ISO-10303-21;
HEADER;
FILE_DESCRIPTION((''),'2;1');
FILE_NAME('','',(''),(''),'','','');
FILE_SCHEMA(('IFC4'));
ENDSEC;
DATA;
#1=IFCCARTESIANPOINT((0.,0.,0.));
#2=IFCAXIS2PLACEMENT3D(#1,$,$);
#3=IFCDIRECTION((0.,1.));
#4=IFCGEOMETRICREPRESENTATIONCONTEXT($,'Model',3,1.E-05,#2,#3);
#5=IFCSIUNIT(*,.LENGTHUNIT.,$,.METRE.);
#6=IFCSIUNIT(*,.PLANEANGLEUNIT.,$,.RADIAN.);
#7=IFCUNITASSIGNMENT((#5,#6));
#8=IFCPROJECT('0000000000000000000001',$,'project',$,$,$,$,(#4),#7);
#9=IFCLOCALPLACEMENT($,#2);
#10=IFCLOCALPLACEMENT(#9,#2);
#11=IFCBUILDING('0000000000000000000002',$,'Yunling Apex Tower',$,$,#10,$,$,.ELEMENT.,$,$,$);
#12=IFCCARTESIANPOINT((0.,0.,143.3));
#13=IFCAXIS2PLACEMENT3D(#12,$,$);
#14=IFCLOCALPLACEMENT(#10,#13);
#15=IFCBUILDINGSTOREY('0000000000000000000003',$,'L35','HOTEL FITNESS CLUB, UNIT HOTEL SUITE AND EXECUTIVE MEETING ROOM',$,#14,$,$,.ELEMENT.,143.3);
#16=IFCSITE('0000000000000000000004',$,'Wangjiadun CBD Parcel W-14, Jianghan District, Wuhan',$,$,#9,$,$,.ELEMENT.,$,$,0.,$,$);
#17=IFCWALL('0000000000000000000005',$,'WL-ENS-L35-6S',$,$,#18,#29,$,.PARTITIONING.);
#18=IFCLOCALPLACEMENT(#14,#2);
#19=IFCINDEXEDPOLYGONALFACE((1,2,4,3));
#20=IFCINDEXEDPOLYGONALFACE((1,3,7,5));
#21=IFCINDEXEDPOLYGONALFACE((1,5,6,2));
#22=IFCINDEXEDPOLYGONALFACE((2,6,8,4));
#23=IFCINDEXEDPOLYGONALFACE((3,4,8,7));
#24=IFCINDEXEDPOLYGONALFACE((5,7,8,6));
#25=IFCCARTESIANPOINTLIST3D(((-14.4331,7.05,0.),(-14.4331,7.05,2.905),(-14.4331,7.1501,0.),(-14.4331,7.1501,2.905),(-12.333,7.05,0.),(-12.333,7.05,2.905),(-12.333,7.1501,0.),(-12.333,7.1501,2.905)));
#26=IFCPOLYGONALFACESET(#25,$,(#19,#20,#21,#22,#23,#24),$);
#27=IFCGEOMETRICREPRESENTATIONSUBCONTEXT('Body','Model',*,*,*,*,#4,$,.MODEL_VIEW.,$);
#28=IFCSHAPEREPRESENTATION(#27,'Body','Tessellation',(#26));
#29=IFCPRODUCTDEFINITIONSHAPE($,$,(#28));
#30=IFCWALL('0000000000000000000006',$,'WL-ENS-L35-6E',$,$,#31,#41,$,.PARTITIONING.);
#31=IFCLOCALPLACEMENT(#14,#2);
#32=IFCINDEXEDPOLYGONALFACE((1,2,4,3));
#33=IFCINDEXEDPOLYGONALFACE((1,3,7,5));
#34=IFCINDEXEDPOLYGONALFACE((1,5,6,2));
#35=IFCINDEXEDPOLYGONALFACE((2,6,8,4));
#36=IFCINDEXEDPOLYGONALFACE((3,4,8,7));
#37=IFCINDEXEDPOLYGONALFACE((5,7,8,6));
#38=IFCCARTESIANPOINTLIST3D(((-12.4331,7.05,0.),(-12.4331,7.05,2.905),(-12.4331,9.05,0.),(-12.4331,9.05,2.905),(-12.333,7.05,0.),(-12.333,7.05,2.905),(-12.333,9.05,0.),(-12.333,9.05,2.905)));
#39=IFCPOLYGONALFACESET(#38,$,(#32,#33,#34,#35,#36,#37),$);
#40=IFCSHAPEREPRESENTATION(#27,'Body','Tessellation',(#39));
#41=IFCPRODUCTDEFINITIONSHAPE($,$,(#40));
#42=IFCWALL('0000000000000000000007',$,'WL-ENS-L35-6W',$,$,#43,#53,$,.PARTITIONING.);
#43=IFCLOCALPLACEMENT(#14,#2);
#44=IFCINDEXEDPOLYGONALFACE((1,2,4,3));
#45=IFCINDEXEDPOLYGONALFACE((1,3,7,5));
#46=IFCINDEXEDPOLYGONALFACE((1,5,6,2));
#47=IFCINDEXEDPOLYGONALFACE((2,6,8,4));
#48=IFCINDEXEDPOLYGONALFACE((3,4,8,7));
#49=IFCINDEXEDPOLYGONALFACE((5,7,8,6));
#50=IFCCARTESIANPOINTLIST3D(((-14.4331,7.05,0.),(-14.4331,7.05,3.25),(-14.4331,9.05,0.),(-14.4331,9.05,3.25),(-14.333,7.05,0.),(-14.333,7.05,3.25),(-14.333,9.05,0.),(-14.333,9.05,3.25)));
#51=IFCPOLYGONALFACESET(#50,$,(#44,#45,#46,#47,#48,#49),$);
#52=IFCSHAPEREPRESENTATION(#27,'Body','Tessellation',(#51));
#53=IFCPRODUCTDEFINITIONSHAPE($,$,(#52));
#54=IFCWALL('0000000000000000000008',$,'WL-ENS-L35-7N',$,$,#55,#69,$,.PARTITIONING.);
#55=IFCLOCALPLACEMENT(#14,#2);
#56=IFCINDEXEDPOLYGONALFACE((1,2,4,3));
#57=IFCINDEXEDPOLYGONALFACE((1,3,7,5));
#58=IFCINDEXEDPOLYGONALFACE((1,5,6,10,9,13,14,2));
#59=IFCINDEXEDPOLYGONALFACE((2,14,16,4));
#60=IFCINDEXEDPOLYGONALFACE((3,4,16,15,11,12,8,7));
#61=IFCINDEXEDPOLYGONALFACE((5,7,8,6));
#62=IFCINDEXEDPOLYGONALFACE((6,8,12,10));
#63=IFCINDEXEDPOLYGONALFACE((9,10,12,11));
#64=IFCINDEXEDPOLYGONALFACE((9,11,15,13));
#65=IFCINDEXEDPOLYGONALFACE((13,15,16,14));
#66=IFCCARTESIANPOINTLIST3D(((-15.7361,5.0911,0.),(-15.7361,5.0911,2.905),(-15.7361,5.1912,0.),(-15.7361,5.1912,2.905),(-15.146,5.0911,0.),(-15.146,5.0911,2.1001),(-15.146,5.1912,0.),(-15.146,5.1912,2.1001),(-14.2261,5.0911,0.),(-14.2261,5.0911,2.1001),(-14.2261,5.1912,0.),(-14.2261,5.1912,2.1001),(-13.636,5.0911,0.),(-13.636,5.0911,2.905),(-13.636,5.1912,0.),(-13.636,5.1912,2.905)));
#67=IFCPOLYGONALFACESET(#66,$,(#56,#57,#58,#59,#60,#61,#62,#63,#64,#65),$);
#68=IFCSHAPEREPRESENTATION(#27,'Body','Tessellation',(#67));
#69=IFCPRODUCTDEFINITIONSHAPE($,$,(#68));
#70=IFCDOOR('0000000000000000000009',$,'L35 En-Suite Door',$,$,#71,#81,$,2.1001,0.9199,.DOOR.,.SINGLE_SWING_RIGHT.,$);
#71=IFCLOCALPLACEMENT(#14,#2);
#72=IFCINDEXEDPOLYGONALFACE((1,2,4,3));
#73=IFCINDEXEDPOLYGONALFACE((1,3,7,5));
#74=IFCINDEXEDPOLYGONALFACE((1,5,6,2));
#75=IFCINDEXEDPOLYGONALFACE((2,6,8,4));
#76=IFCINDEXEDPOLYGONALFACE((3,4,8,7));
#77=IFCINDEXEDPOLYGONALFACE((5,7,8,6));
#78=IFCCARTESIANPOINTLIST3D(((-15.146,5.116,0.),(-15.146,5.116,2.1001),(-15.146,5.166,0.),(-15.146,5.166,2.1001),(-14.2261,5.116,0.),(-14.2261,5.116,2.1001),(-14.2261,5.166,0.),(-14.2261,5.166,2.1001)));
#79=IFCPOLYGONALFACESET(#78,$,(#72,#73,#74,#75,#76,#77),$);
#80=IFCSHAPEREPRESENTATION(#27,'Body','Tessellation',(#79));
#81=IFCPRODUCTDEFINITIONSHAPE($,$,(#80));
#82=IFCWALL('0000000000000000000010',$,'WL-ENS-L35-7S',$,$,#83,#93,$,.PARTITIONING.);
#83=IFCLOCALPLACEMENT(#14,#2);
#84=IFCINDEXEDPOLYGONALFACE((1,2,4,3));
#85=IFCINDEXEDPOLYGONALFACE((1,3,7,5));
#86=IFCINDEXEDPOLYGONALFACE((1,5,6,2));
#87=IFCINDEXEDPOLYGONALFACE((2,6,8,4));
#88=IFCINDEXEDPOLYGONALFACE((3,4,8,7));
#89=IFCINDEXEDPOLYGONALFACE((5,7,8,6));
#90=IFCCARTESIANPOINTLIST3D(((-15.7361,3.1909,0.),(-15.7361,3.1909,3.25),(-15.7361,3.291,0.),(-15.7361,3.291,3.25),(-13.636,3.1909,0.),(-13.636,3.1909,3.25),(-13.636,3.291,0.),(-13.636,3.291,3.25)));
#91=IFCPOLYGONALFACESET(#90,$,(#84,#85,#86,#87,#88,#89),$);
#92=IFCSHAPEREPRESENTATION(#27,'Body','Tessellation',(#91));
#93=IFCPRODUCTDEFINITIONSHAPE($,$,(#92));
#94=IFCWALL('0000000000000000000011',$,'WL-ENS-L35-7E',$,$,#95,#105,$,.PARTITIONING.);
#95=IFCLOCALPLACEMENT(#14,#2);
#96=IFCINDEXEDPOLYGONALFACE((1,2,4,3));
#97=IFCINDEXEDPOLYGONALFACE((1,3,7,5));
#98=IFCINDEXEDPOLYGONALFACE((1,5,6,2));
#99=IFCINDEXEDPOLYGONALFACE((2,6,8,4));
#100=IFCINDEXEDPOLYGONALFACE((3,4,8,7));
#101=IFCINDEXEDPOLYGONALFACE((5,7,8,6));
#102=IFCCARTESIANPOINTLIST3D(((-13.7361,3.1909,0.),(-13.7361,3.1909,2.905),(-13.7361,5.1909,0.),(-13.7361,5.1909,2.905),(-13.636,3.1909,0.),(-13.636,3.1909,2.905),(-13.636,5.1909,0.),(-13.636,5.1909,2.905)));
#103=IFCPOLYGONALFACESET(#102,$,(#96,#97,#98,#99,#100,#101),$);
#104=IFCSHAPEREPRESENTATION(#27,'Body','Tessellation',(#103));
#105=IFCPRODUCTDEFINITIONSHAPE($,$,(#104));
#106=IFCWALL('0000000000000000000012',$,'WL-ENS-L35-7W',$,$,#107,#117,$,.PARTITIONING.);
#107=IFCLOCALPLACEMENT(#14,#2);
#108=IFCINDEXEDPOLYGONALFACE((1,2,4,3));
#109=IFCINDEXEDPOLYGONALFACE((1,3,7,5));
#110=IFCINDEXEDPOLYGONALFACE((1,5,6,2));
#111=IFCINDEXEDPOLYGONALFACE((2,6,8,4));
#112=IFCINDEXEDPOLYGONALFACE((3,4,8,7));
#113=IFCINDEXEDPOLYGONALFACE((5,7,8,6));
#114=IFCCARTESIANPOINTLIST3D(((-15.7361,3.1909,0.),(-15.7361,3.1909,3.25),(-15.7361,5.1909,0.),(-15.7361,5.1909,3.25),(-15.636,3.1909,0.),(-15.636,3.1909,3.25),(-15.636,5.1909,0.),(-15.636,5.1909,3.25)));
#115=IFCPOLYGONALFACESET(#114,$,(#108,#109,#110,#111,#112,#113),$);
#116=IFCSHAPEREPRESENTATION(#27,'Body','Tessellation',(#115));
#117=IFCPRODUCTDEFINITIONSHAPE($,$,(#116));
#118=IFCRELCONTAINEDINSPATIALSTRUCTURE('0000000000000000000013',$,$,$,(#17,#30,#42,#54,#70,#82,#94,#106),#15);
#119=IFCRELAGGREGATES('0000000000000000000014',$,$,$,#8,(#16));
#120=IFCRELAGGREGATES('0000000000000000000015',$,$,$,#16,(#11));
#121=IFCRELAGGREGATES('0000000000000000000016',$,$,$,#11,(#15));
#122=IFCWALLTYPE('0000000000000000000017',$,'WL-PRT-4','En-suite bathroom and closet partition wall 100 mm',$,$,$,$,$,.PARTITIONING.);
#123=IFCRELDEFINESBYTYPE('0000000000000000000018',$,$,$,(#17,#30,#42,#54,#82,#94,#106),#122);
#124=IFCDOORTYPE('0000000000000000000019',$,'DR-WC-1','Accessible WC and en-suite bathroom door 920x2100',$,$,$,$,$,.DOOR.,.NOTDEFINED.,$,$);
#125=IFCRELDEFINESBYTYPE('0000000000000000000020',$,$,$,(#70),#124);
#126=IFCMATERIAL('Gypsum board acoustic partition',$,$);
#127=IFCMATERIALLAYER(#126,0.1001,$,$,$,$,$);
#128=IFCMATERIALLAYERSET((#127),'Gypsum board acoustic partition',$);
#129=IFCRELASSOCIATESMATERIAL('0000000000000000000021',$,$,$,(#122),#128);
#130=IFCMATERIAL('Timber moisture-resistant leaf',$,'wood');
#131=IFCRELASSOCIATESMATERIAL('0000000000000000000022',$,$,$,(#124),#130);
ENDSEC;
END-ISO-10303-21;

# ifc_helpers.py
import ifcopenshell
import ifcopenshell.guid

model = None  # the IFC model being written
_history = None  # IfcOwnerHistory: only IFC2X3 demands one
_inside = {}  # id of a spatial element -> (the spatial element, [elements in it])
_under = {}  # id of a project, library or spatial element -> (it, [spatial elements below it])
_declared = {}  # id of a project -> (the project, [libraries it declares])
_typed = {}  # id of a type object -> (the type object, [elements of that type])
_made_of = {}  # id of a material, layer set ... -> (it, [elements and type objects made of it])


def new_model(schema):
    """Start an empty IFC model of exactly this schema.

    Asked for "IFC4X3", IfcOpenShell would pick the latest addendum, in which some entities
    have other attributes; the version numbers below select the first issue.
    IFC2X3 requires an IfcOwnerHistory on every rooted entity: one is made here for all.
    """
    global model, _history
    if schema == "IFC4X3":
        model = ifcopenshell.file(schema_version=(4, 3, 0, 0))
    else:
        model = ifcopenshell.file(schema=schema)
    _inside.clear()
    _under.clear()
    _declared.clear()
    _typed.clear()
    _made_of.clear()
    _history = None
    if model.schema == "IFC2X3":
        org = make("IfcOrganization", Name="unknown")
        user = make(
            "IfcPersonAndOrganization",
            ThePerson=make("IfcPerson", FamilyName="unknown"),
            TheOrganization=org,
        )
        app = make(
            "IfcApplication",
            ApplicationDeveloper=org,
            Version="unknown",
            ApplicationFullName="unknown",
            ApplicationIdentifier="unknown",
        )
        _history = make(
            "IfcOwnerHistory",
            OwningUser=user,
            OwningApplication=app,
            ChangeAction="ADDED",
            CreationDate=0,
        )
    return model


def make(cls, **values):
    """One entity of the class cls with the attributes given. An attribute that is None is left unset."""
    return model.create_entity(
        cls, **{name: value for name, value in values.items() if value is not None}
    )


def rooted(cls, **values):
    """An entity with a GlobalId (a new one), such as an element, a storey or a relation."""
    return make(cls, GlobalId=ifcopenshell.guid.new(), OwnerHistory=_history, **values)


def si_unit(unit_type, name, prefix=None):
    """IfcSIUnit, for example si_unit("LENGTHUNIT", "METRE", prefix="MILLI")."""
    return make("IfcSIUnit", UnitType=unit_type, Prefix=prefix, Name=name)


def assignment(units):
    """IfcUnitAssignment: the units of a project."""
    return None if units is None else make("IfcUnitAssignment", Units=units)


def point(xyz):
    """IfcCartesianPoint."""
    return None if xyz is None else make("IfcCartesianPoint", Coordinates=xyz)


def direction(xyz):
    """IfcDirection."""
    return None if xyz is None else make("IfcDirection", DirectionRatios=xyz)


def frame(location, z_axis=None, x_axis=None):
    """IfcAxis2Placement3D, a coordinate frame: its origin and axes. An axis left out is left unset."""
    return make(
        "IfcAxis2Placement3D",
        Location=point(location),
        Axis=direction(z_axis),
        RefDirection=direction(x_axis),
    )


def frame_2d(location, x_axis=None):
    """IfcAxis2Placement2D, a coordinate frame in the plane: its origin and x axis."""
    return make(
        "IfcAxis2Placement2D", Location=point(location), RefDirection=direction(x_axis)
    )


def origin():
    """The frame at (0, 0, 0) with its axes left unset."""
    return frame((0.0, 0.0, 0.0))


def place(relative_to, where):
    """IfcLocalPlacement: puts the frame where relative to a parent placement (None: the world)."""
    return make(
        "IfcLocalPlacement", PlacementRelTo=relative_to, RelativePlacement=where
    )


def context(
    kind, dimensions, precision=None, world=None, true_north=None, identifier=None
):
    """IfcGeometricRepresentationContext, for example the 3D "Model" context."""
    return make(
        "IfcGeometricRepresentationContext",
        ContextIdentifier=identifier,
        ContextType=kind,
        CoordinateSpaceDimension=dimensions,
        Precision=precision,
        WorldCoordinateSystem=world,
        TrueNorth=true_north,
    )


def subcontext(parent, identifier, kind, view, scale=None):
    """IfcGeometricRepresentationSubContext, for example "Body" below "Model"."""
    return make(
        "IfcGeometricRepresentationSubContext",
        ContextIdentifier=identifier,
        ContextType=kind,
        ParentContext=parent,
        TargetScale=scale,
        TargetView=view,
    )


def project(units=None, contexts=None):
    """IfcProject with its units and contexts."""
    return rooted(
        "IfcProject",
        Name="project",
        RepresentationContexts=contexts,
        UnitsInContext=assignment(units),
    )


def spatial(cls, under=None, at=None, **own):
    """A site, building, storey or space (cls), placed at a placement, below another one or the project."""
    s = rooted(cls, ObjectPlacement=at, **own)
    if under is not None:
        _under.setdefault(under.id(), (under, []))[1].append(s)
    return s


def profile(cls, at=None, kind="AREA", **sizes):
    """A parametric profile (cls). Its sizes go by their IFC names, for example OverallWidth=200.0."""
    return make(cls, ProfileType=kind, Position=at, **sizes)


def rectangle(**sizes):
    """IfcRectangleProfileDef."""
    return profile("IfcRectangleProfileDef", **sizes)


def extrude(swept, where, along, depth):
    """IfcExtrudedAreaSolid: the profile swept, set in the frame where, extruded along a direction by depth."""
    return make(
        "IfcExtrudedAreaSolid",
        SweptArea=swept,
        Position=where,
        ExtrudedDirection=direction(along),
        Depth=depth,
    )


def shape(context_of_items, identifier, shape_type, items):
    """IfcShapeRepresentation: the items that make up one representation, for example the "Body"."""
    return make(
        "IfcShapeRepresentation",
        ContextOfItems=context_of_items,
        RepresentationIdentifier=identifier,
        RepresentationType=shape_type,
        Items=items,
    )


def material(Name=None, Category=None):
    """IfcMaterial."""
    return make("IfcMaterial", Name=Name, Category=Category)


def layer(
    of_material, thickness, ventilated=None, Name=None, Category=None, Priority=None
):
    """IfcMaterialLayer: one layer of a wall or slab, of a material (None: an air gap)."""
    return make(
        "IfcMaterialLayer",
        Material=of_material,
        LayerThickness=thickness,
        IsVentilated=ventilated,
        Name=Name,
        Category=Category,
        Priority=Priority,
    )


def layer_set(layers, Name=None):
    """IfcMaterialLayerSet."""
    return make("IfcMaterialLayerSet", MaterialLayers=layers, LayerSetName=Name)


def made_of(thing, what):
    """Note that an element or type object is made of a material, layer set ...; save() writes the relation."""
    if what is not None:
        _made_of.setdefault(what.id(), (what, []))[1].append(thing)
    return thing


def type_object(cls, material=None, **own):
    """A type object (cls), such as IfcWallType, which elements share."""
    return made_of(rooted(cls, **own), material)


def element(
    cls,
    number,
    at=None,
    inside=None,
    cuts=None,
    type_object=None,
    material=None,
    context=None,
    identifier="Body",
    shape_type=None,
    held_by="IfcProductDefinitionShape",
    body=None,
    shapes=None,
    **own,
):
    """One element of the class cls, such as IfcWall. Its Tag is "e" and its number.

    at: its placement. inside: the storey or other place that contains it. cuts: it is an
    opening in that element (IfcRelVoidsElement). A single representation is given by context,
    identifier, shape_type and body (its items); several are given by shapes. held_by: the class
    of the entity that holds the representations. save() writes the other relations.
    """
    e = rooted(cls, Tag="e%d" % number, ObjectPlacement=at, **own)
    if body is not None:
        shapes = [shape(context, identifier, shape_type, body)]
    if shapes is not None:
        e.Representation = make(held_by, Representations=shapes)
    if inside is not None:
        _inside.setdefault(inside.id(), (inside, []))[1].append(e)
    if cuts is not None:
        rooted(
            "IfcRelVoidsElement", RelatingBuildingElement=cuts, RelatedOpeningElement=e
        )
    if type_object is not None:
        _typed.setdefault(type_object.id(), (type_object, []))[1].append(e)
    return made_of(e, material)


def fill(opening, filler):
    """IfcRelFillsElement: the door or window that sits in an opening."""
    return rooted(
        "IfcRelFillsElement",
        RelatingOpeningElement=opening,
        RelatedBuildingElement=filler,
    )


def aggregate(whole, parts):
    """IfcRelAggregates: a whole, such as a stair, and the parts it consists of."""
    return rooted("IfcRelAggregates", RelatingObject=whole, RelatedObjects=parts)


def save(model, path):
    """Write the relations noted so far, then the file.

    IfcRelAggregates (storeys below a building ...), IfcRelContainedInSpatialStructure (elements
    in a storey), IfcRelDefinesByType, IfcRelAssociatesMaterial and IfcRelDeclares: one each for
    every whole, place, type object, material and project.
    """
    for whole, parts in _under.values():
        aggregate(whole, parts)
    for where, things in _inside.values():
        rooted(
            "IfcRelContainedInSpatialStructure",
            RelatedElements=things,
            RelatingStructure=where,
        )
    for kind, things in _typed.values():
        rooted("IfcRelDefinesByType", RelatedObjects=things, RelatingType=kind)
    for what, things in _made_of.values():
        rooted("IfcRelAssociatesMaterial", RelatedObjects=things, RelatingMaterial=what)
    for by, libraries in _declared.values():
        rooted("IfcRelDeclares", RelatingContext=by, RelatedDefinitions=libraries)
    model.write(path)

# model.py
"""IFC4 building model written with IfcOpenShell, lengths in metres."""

from ifc_helpers import new_model, si_unit, direction, frame, frame_2d, origin, place, context, subcontext, project, spatial, rectangle, extrude, material, layer, layer_set, type_object, element, fill, save


model = new_model("IFC4")

# Units and contexts
model_context = context("Model", 3, precision=1e-05, world=origin(), true_north=direction((0.0, 1.0)))
body_context = subcontext(model_context, "Body", "Model", "MODEL_VIEW")
ifc_project = project(units=[si_unit("LENGTHUNIT", "METRE"), si_unit("PLANEANGLEUNIT", "RADIAN")], contexts=[model_context])

# Site, building, storey
site_placement = place(None, origin())
site = spatial("IfcSite", under=ifc_project, at=site_placement, Name="Wangjiadun CBD Parcel W-14, Jianghan District, Wuhan", CompositionType="ELEMENT", RefElevation=0.0)
building_placement = place(site_placement, origin())
building = spatial("IfcBuilding", under=site, at=building_placement, Name="Yunling Apex Tower", CompositionType="ELEMENT")
storey_placement = place(building_placement, frame((0.0, 0.0, 143.3)))
storey = spatial("IfcBuildingStorey", under=building, at=storey_placement, Name="L35", Description="HOTEL FITNESS CLUB, UNIT HOTEL SUITE AND EXECUTIVE MEETING ROOM", CompositionType="ELEMENT", Elevation=143.3)

# Shared definitions
ifc_material_1 = material(Name="Gypsum board acoustic partition")
ifc_layer_1 = layer(ifc_material_1, 0.1001)
ifc_layer_set_1 = layer_set([ifc_layer_1], Name="Gypsum board acoustic partition")
wall_type = type_object("IfcWallType", Name="WL-PRT-4", Description="En-suite bathroom and closet partition wall 100 mm", PredefinedType="PARTITIONING", material=ifc_layer_set_1)
ifc_material_2 = material(Name="Timber moisture-resistant leaf", Category="wood")
door_type = type_object("IfcDoorType", Name="DR-WC-1", Description="Accessible WC and en-suite bathroom door 920x2100", OperationType="NOTDEFINED", PredefinedType="DOOR", material=ifc_material_2)

# Walls
wall_1_placement = place(storey_placement, frame((-12.333, 7.1001, 0.0), z_axis=(0.0, 0.0, 1.0), x_axis=(-1.0, 0.0, 0.0)))
element("IfcWall", 1, at=wall_1_placement, inside=storey, type_object=wall_type, Name="WL-ENS-L35-6S", PredefinedType="PARTITIONING", context=body_context, shape_type="SweptSolid", body=[
    extrude(rectangle(XDim=2.1001, YDim=0.1001, at=frame_2d((1.05, 0.0))), origin(), (0.0, 0.0, 1.0), 2.905),
])
wall_2_placement = place(storey_placement, frame((-12.3831, 9.05, 0.0), z_axis=(0.0, 0.0, 1.0), x_axis=(0.0, -1.0, 0.0)))
element("IfcWall", 2, at=wall_2_placement, inside=storey, type_object=wall_type, Name="WL-ENS-L35-6E", PredefinedType="PARTITIONING", context=body_context, shape_type="SweptSolid", body=[
    extrude(rectangle(XDim=2.0, YDim=0.1001, at=frame_2d((1.0, 0.0))), origin(), (0.0, 0.0, 1.0), 2.905),
])
wall_3_placement = place(storey_placement, frame((-14.3831, 7.05, 0.0), z_axis=(0.0, 0.0, 1.0), x_axis=(0.0, 1.0, 0.0)))
element("IfcWall", 3, at=wall_3_placement, inside=storey, type_object=wall_type, Name="WL-ENS-L35-6W", PredefinedType="PARTITIONING", context=body_context, shape_type="SweptSolid", body=[
    extrude(rectangle(XDim=2.0, YDim=0.1001, at=frame_2d((1.0, 0.0))), origin(), (0.0, 0.0, 1.0), 3.25),
])

# Wall, opening, door
wall_4_placement = place(storey_placement, frame((-15.7361, 5.1411, 0.0), z_axis=(0.0, 0.0, 1.0), x_axis=(1.0, 0.0, 0.0)))
wall_4 = element("IfcWall", 4, at=wall_4_placement, inside=storey, type_object=wall_type, Name="WL-ENS-L35-7N", PredefinedType="PARTITIONING", context=body_context, shape_type="SweptSolid", body=[
    extrude(rectangle(XDim=2.1001, YDim=0.1001, at=frame_2d((1.05, 0.0))), origin(), (0.0, 0.0, 1.0), 2.905),
])
opening_1_placement = place(wall_4_placement, frame((0.5901, 0.0, 0.0)))
opening_1 = element("IfcOpeningElement", 5, at=opening_1_placement, cuts=wall_4, PredefinedType="OPENING", context=body_context, shape_type="SweptSolid", body=[
    extrude(rectangle(XDim=0.9199, YDim=2.1001, at=frame_2d((0.46, 1.05))), frame((0.0, 0.0601, 0.0), z_axis=(0.0, -1.0, 0.0), x_axis=(1.0, 0.0, 0.0)), (0.0, 0.0, 1.0), 0.1201),
])
door_1_placement = place(opening_1_placement, origin())
door_1 = element("IfcDoor", 6, at=door_1_placement, inside=storey, type_object=door_type, Name="L35 En-Suite Door", OperationType="SINGLE_SWING_RIGHT", OverallHeight=2.1001, OverallWidth=0.9199, PredefinedType="DOOR", context=body_context, shape_type="SweptSolid", body=[
    extrude(rectangle(XDim=0.9199, YDim=2.1001, at=frame_2d((0.46, 1.05))), frame((0.0, 0.0249, 0.0), z_axis=(0.0, -1.0, 0.0), x_axis=(1.0, 0.0, 0.0)), (0.0, 0.0, 1.0), 0.05),
])
fill(opening_1, door_1)

# Walls
wall_5_placement = place(storey_placement, frame((-13.636, 3.241, 0.0), z_axis=(0.0, 0.0, 1.0), x_axis=(-1.0, 0.0, 0.0)))
element("IfcWall", 7, at=wall_5_placement, inside=storey, type_object=wall_type, Name="WL-ENS-L35-7S", PredefinedType="PARTITIONING", context=body_context, shape_type="SweptSolid", body=[
    extrude(rectangle(XDim=2.1001, YDim=0.1001, at=frame_2d((1.05, 0.0))), origin(), (0.0, 0.0, 1.0), 3.25),
])
wall_6_placement = place(storey_placement, frame((-13.686, 5.1909, 0.0), z_axis=(0.0, 0.0, 1.0), x_axis=(0.0, -1.0, 0.0)))
element("IfcWall", 8, at=wall_6_placement, inside=storey, type_object=wall_type, Name="WL-ENS-L35-7E", PredefinedType="PARTITIONING", context=body_context, shape_type="SweptSolid", body=[
    extrude(rectangle(XDim=2.0, YDim=0.1001, at=frame_2d((1.0, 0.0))), origin(), (0.0, 0.0, 1.0), 2.905),
])
wall_7_placement = place(storey_placement, frame((-15.686, 3.1909, 0.0), z_axis=(0.0, 0.0, 1.0), x_axis=(0.0, 1.0, 0.0)))
element("IfcWall", 9, at=wall_7_placement, inside=storey, type_object=wall_type, Name="WL-ENS-L35-7W", PredefinedType="PARTITIONING", context=body_context, shape_type="SweptSolid", body=[
    extrude(rectangle(XDim=2.0, YDim=0.1001, at=frame_2d((1.0, 0.0))), origin(), (0.0, 0.0, 1.0), 3.25),
])

save(model, "model.ifc")
